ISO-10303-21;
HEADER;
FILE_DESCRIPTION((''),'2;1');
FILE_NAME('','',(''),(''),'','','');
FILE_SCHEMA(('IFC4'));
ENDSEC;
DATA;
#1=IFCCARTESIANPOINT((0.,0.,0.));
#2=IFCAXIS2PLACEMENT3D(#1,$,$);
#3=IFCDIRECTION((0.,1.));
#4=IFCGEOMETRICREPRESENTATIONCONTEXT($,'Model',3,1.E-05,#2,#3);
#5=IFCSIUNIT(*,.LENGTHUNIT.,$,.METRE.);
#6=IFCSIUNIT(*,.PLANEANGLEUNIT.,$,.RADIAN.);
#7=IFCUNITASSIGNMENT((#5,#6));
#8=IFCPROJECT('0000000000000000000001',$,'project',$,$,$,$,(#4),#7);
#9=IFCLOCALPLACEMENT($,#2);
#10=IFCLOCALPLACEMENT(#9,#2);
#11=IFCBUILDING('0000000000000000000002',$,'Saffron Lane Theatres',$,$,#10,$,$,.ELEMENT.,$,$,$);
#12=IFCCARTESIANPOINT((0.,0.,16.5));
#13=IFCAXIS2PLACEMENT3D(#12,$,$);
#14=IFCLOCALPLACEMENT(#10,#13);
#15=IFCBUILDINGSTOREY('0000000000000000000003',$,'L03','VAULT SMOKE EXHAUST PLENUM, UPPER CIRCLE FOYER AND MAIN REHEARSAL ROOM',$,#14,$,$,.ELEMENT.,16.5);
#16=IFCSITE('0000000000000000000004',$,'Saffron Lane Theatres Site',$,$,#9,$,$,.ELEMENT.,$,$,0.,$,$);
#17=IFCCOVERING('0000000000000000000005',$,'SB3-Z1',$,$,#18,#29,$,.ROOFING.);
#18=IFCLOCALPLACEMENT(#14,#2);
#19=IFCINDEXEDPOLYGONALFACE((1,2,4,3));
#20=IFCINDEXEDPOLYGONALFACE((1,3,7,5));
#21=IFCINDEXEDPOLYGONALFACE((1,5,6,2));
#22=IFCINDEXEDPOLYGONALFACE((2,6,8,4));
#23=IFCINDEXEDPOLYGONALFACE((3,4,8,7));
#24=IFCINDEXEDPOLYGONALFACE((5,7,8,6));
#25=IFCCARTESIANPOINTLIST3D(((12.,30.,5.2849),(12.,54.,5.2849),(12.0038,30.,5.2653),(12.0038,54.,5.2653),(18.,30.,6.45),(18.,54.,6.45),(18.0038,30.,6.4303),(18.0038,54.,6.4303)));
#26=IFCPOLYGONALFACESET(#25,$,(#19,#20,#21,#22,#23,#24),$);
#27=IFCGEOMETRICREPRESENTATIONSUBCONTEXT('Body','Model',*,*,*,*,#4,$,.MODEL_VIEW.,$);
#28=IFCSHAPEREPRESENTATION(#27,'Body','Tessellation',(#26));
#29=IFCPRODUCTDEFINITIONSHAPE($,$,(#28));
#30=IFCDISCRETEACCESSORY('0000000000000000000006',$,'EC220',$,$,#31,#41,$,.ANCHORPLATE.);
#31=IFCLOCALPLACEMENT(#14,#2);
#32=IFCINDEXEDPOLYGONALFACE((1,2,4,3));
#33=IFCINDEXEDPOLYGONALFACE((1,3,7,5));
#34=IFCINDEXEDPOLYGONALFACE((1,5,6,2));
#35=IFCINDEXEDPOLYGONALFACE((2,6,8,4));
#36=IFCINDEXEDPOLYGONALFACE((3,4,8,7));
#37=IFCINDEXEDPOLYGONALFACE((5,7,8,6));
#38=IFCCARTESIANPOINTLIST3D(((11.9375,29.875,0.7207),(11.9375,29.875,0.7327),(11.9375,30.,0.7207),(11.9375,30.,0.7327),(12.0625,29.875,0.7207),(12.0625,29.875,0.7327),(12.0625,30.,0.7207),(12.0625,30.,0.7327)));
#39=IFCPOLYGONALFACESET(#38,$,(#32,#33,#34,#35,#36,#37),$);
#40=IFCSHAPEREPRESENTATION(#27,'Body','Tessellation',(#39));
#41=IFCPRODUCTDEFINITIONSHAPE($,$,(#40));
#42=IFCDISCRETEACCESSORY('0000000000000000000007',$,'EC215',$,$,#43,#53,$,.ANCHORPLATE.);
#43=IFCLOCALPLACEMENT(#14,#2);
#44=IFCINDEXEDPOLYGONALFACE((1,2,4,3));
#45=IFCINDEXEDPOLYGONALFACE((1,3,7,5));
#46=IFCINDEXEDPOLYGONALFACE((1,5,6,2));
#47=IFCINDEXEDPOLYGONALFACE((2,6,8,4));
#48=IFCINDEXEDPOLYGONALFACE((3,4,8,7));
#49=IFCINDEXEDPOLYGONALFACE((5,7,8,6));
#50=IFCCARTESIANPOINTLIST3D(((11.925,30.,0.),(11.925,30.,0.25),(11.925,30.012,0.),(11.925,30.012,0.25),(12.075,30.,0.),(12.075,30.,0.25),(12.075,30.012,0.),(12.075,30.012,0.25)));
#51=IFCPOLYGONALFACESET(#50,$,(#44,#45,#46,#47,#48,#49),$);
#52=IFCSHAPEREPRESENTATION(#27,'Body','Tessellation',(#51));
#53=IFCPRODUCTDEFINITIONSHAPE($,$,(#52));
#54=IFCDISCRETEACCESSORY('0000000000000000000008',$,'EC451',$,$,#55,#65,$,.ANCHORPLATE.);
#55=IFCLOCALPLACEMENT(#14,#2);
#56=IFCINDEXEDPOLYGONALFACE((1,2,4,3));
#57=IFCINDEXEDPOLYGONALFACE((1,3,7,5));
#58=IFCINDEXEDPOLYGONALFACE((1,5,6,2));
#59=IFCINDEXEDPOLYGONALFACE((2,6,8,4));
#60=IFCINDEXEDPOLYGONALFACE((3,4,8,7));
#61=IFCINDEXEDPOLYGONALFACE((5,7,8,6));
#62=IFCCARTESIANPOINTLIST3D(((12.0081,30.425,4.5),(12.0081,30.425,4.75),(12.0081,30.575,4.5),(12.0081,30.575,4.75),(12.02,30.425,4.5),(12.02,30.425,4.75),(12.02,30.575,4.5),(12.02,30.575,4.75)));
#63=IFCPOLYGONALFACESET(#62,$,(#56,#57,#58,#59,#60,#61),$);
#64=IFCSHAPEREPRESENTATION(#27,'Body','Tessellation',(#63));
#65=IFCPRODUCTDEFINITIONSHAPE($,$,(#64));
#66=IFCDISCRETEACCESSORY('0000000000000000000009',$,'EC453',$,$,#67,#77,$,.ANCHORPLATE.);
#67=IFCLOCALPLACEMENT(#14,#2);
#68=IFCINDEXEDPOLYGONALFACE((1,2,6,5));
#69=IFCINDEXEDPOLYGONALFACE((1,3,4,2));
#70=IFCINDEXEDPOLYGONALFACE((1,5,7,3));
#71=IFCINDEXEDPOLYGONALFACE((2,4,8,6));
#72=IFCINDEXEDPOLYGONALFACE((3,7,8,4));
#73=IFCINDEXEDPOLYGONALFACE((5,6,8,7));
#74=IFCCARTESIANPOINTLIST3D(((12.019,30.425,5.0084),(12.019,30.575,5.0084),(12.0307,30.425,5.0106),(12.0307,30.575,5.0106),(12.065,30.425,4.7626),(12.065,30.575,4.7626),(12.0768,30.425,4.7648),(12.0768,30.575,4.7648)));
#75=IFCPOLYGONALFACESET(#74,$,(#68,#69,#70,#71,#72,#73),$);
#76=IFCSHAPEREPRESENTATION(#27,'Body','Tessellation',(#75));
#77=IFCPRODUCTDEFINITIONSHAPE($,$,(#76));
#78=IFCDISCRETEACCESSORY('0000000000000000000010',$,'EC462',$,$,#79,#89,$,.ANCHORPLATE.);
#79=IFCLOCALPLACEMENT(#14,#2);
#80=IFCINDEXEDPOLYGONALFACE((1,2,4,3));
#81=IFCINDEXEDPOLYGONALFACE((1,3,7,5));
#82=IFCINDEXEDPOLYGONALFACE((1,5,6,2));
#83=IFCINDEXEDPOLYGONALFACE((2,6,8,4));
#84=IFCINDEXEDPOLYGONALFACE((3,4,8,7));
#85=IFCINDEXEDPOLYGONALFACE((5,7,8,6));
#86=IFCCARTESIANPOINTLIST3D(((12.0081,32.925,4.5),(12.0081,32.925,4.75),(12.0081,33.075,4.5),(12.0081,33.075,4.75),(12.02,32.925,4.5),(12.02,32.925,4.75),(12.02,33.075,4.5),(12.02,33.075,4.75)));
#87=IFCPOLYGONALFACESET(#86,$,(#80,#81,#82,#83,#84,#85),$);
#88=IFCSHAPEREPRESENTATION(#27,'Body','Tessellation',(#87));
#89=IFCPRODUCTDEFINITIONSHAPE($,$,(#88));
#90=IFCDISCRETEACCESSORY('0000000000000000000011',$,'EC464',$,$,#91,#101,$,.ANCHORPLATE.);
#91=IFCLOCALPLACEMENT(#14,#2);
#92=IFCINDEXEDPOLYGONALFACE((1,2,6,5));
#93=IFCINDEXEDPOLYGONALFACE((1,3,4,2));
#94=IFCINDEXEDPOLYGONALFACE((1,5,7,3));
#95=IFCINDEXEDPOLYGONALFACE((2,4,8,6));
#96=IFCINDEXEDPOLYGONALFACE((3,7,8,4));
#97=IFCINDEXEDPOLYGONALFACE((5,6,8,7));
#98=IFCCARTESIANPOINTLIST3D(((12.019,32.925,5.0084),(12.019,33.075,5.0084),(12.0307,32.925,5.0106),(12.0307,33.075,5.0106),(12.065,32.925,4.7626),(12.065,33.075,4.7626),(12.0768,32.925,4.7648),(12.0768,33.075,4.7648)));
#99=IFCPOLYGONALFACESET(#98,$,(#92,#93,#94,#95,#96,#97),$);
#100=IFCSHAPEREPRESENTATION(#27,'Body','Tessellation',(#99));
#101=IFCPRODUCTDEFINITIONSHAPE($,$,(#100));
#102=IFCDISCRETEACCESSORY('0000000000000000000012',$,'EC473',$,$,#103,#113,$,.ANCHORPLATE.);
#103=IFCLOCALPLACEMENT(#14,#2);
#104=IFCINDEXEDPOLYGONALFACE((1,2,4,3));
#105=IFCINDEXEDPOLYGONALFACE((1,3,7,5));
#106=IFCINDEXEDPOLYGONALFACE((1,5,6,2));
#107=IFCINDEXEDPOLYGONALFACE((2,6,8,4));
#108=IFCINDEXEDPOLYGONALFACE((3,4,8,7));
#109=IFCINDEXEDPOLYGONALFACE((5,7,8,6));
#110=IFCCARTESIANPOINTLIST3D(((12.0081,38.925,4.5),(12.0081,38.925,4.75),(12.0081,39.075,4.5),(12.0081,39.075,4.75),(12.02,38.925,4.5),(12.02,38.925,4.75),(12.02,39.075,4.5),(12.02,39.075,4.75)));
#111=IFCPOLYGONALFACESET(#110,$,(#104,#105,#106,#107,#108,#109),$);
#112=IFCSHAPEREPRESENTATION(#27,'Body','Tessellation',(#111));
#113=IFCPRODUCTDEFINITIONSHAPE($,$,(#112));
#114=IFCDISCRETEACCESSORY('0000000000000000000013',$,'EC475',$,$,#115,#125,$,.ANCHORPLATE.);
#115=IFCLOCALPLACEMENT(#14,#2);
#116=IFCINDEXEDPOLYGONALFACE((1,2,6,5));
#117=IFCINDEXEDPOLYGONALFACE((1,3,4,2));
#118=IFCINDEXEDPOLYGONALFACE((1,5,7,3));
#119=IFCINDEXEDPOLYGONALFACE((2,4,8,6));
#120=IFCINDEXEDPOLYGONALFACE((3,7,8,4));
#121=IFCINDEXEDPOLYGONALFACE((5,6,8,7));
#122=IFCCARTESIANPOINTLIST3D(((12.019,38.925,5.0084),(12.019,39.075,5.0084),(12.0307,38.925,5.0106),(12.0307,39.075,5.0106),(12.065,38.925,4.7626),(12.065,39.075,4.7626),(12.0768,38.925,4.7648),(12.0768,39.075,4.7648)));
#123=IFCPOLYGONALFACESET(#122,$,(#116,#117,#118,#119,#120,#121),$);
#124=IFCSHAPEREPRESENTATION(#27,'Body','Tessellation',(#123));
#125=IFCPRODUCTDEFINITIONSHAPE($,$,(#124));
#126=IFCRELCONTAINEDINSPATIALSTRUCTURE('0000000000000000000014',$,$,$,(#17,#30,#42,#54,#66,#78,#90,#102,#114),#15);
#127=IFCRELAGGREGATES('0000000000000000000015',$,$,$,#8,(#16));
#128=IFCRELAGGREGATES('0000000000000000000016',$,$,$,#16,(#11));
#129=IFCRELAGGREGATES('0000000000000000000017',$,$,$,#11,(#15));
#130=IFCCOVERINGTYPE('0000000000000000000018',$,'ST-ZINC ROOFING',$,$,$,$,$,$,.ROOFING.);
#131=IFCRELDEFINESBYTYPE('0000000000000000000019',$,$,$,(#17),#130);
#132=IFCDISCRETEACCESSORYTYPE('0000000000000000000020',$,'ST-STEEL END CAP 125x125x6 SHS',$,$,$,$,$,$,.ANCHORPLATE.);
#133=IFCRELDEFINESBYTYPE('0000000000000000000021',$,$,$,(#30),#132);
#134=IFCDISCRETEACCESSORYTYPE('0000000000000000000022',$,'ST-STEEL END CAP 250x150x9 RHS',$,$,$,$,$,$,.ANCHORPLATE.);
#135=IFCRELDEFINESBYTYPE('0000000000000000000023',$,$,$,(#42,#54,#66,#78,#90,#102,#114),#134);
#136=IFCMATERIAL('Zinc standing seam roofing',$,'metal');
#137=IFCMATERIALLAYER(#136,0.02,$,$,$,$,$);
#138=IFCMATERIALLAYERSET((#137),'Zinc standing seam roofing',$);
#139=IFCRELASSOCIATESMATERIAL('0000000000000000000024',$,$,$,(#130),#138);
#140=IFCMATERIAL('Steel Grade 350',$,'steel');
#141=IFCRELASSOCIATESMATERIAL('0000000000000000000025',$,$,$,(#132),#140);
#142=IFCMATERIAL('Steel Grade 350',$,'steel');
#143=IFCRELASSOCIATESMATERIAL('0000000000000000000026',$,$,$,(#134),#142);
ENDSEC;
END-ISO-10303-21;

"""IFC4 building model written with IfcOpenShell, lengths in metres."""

from ifc_helpers import new_model, si_unit, direction, frame, origin, origin_2d, place, context, subcontext, project, spatial, polyline, rectangle, outline, extrude, material, layer, layer_set, material_profile, profile_set, type_object, element, save


model = new_model("IFC4")

# Units and contexts
model_context = context("Model", 3, precision=1e-05, world=origin(), true_north=direction((0.0, 1.0)))
body_context = subcontext(model_context, "Body", "Model", "MODEL_VIEW")
ifc_project = project(units=[si_unit("LENGTHUNIT", "METRE"), si_unit("PLANEANGLEUNIT", "RADIAN")], contexts=[model_context])

# Site, building, storey
site_placement = place(None, origin())
site = spatial("IfcSite", under=ifc_project, at=site_placement, Name="Saffron Lane Theatres Site", CompositionType="ELEMENT", RefElevation=0.0)
building_placement = place(site_placement, origin())
building = spatial("IfcBuilding", under=site, at=building_placement, Name="Saffron Lane Theatres", CompositionType="ELEMENT")
storey_placement = place(building_placement, frame((0.0, 0.0, 16.5)))
storey = spatial("IfcBuildingStorey", under=building, at=storey_placement, Name="L03", Description="VAULT SMOKE EXHAUST PLENUM, UPPER CIRCLE FOYER AND MAIN REHEARSAL ROOM", CompositionType="ELEMENT", Elevation=16.5)

# Covering
ifc_material_1 = material(Name="Zinc standing seam roofing", Category="metal")
ifc_layer_1 = layer(ifc_material_1, 0.02)
ifc_layer_set_1 = layer_set([ifc_layer_1], Name="Zinc standing seam roofing")
covering_type_1 = type_object("IfcCoveringType", Name="ST-ZINC ROOFING", PredefinedType="ROOFING", material=ifc_layer_set_1)
covering_1_placement = place(storey_placement, frame((12.0, 30.0, 5.2849), z_axis=(-0.190613, 0.0, 0.981665), x_axis=(0.981665, 0.0, 0.190613)))
element("IfcCovering", 1, at=covering_1_placement, inside=storey, type_object=covering_type_1, Name="SB3-Z1", PredefinedType="ROOFING", context=body_context, shape_type="SweptSolid", body=[
    extrude(outline(polyline([(0.0, 0.0), (6.1121, 0.0), (6.1121, 24.0), (0.0, 24.0), (0.0, 0.0)])), origin(), (0.0, 0.0, -1.0), 0.02),
])

# Discrete accessories
ifc_material_2 = material(Name="Steel Grade 350", Category="steel")
ifc_material_profile_1 = material_profile(ifc_material_2, rectangle(XDim=0.125, YDim=0.125, at=origin_2d()))
ifc_profile_set_1 = profile_set([ifc_material_profile_1], Name="Steel Grade 350")
discrete_accessory_type_1 = type_object("IfcDiscreteAccessoryType", Name="ST-STEEL END CAP 125x125x6 SHS", PredefinedType="ANCHORPLATE", material=ifc_profile_set_1)
discrete_accessory_placement = place(storey_placement, frame((12.0, 29.9375, 0.7207), z_axis=(0.0, 0.0, 1.0), x_axis=(1.0, 0.0, 0.0)))
element("IfcDiscreteAccessory", 2, at=discrete_accessory_placement, inside=storey, type_object=discrete_accessory_type_1, Name="EC220", PredefinedType="ANCHORPLATE", context=body_context, shape_type="SweptSolid", body=[
    extrude(rectangle(XDim=0.125, YDim=0.125, at=origin_2d()), origin(), (0.0, 0.0, 1.0), 0.012),
])
ifc_material_3 = material(Name="Steel Grade 350", Category="steel")
ifc_material_profile_2 = material_profile(ifc_material_3, rectangle(XDim=0.1499, YDim=0.25, at=origin_2d()))
ifc_profile_set_2 = profile_set([ifc_material_profile_2], Name="Steel Grade 350")
discrete_accessory_type_2 = type_object("IfcDiscreteAccessoryType", Name="ST-STEEL END CAP 250x150x9 RHS", PredefinedType="ANCHORPLATE", material=ifc_profile_set_2)
for number, where, z_axis, x_axis, name in (
    (3, (12.0, 30.0, 0.125), (0.0, 1.0, 0.0), (-1.0, 0.0, 0.0), "EC215"),
    (4, (12.0081, 30.5, 4.625), (1.0, 0.0, 0.0), (0.0, 1.0, 0.0), "EC451"),
    (5, (12.042, 30.5, 4.8855), (0.982872, 0.0, 0.184289), (0.0, 1.0, 0.0), "EC453"),
    (6, (12.0081, 33.0, 4.625), (1.0, 0.0, 0.0), (0.0, 1.0, 0.0), "EC462"),
    (7, (12.042, 33.0, 4.8855), (0.982872, 0.0, 0.184289), (0.0, 1.0, 0.0), "EC464"),
    (8, (12.0081, 39.0, 4.625), (1.0, 0.0, 0.0), (0.0, 1.0, 0.0), "EC473"),
    (9, (12.042, 39.0, 4.8855), (0.982872, 0.0, 0.184289), (0.0, 1.0, 0.0), "EC475"),
):
    element("IfcDiscreteAccessory", number, at=place(storey_placement, frame(where, z_axis=z_axis, x_axis=x_axis)), inside=storey, type_object=discrete_accessory_type_2, Name=name, PredefinedType="ANCHORPLATE", context=body_context, shape_type="SweptSolid", body=[
        extrude(rectangle(XDim=0.1499, YDim=0.25, at=origin_2d()), origin(), (0.0, 0.0, 1.0), 0.012),
    ])

save(model, "model.ifc")
